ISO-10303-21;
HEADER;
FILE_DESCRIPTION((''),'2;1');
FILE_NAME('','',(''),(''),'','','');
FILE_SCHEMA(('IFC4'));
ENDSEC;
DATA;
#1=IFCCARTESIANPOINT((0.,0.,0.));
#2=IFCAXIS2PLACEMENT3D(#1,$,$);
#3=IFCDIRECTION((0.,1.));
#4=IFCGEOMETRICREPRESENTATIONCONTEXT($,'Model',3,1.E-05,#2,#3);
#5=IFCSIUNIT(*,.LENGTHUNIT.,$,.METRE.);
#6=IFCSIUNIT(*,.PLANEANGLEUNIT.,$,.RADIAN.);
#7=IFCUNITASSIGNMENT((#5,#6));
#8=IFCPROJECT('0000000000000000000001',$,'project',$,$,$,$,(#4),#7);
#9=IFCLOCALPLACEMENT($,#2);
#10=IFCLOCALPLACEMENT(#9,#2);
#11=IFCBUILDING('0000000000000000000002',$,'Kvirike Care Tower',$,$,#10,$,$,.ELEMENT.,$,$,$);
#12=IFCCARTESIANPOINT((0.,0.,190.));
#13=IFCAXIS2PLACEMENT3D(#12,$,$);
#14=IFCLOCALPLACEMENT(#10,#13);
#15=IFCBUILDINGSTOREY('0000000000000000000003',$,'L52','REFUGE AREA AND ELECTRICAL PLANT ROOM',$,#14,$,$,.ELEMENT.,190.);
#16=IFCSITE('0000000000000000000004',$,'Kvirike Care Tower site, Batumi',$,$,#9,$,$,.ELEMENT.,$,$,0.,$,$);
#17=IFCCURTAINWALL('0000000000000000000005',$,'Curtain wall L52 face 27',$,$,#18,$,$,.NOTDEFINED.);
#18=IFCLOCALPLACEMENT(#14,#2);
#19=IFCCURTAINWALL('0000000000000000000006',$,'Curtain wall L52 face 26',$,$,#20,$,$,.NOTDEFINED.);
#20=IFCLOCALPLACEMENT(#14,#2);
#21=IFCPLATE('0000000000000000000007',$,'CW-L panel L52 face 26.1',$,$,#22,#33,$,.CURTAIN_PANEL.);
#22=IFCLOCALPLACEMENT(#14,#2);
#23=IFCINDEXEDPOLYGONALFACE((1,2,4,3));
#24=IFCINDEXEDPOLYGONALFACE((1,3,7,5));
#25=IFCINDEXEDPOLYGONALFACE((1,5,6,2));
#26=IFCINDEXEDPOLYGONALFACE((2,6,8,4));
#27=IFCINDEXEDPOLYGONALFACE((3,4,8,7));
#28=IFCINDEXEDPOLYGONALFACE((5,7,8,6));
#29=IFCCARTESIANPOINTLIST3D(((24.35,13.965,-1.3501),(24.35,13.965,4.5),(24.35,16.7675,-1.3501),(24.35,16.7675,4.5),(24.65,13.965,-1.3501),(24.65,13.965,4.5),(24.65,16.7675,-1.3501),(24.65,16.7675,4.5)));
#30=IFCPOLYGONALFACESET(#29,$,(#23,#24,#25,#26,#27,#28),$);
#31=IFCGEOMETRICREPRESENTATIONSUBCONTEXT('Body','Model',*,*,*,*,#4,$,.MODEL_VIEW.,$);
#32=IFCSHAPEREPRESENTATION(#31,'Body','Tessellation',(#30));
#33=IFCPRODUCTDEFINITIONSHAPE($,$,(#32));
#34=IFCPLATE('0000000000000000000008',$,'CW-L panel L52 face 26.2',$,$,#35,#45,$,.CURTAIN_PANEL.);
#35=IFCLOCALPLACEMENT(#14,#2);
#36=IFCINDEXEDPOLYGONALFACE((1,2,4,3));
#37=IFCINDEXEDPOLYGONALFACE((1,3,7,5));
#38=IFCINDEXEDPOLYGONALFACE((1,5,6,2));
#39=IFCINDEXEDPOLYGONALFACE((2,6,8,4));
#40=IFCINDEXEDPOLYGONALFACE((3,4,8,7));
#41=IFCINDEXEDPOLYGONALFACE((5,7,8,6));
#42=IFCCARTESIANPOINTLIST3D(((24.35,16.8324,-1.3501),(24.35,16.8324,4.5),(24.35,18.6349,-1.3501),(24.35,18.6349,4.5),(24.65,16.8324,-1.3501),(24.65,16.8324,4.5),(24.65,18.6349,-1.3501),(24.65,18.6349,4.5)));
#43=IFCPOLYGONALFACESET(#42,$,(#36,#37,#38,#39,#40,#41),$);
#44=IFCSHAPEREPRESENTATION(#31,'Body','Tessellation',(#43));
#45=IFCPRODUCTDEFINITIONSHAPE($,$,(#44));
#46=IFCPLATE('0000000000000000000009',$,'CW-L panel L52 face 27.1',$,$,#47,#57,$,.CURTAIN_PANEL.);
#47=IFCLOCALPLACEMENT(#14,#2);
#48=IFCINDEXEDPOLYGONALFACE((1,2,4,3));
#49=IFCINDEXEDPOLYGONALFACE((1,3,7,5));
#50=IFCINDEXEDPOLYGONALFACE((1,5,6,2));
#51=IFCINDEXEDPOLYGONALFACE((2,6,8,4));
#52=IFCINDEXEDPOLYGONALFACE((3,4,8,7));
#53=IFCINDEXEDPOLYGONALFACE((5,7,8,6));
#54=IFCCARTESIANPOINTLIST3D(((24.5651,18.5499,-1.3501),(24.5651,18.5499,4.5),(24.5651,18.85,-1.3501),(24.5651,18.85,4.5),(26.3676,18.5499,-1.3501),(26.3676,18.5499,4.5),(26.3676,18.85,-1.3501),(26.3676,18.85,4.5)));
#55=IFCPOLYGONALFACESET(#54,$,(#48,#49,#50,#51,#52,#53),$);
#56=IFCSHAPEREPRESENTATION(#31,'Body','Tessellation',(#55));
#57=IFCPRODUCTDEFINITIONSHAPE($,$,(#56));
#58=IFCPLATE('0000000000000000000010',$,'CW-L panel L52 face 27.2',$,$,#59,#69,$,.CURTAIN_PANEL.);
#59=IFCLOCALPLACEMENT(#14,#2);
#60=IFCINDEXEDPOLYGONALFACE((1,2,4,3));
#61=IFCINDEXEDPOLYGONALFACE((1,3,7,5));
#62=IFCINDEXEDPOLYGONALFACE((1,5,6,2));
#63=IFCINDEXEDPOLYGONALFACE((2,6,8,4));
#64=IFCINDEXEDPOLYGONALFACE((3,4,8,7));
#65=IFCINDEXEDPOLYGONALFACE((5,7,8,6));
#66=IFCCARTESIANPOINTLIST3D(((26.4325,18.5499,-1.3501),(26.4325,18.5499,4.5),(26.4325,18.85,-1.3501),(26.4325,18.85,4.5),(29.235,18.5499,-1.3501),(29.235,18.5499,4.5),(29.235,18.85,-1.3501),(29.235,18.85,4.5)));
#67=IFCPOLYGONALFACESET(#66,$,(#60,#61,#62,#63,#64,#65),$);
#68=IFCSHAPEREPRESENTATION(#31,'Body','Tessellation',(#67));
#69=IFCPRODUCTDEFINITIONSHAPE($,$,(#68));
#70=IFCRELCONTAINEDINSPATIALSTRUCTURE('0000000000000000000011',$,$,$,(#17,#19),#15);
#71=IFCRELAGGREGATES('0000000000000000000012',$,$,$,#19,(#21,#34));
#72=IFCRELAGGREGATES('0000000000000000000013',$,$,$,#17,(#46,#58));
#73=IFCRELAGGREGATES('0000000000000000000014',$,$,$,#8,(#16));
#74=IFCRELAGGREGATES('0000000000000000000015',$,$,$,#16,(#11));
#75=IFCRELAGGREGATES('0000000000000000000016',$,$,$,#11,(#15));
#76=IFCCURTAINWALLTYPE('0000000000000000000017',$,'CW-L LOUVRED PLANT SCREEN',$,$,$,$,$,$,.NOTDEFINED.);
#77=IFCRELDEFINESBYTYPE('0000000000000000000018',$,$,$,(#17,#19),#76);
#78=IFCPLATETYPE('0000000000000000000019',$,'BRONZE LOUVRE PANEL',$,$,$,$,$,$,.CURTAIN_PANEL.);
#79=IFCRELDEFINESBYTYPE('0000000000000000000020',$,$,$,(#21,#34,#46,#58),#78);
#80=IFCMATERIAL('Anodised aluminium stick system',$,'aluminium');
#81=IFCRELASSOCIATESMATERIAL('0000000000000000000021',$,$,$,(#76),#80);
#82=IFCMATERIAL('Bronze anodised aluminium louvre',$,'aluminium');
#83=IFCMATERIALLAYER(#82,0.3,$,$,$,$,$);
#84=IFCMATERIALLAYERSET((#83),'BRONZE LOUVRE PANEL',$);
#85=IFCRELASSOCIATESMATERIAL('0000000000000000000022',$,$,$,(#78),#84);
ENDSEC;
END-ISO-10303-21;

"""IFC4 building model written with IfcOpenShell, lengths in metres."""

from ifc_helpers import new_model, si_unit, direction, frame, origin, origin_2d, place, context, subcontext, project, spatial, rectangle, extrude, material, layer, layer_set, type_object, element, aggregate, save


model = new_model("IFC4")

# Units and contexts
model_context = context("Model", 3, precision=1e-05, world=origin(), true_north=direction((0.0, 1.0)))
body_context = subcontext(model_context, "Body", "Model", "MODEL_VIEW")
ifc_project = project(units=[si_unit("LENGTHUNIT", "METRE"), si_unit("PLANEANGLEUNIT", "RADIAN")], contexts=[model_context])

# Site, building, storey
site_placement = place(None, origin())
site = spatial("IfcSite", under=ifc_project, at=site_placement, Name="Kvirike Care Tower site, Batumi", CompositionType="ELEMENT", RefElevation=0.0)
building_placement = place(site_placement, origin())
building = spatial("IfcBuilding", under=site, at=building_placement, Name="Kvirike Care Tower", CompositionType="ELEMENT")
storey_placement = place(building_placement, frame((0.0, 0.0, 190.0)))
storey = spatial("IfcBuildingStorey", under=building, at=storey_placement, Name="L52", Description="REFUGE AREA AND ELECTRICAL PLANT ROOM", CompositionType="ELEMENT", Elevation=190.0)

# Curtain wall
ifc_material_1 = material(Name="Anodised aluminium stick system", Category="aluminium")
curtain_wall_type = type_object("IfcCurtainWallType", Name="CW-L LOUVRED PLANT SCREEN", PredefinedType="NOTDEFINED", material=ifc_material_1)
curtain_wall_1_placement = place(storey_placement, origin())
curtain_wall_1 = element("IfcCurtainWall", 1, at=curtain_wall_1_placement, inside=storey, type_object=curtain_wall_type, Name="Curtain wall L52 face 27", PredefinedType="NOTDEFINED")

# Curtain wall
curtain_wall_2_placement = place(storey_placement, origin())
curtain_wall_2 = element("IfcCurtainWall", 2, at=curtain_wall_2_placement, inside=storey, type_object=curtain_wall_type, Name="Curtain wall L52 face 26", PredefinedType="NOTDEFINED")

# Plates
ifc_material_2 = material(Name="Bronze anodised aluminium louvre", Category="aluminium")
ifc_layer = layer(ifc_material_2, 0.3)
ifc_layer_set = layer_set([ifc_layer], Name="BRONZE LOUVRE PANEL")
plate_type = type_object("IfcPlateType", Name="BRONZE LOUVRE PANEL", PredefinedType="CURTAIN_PANEL", material=ifc_layer_set)
plate_1_placement = place(storey_placement, frame((24.5, 15.3662, -1.3501), z_axis=(0.0, 0.0, 1.0), x_axis=(0.0, 1.0, 0.0)))
plate_1 = element("IfcPlate", 3, at=plate_1_placement, type_object=plate_type, Name="CW-L panel L52 face 26.1", PredefinedType="CURTAIN_PANEL", context=body_context, shape_type="SweptSolid", body=[
    extrude(rectangle(XDim=2.8025, YDim=0.3, at=origin_2d()), origin(), (0.0, 0.0, 1.0), 5.8501),
])
plate_2_placement = place(storey_placement, frame((24.5, 17.7336, -1.3501), z_axis=(0.0, 0.0, 1.0), x_axis=(0.0, 1.0, 0.0)))
plate_2 = element("IfcPlate", 4, at=plate_2_placement, type_object=plate_type, Name="CW-L panel L52 face 26.2", PredefinedType="CURTAIN_PANEL", context=body_context, shape_type="SweptSolid", body=[
    extrude(rectangle(XDim=1.8025, YDim=0.3, at=origin_2d()), origin(), (0.0, 0.0, 1.0), 5.8501),
])
aggregate(curtain_wall_2, [plate_1, plate_2])
plate_3_placement = place(storey_placement, frame((25.4663, 18.7, -1.3501), z_axis=(0.0, 0.0, 1.0), x_axis=(1.0, 0.0, 0.0)))
plate_3 = element("IfcPlate", 5, at=plate_3_placement, type_object=plate_type, Name="CW-L panel L52 face 27.1", PredefinedType="CURTAIN_PANEL", context=body_context, shape_type="SweptSolid", body=[
    extrude(rectangle(XDim=1.8025, YDim=0.3, at=origin_2d()), origin(), (0.0, 0.0, 1.0), 5.8501),
])
plate_4_placement = place(storey_placement, frame((27.8337, 18.7, -1.3501), z_axis=(0.0, 0.0, 1.0), x_axis=(1.0, 0.0, 0.0)))
plate_4 = element("IfcPlate", 6, at=plate_4_placement, type_object=plate_type, Name="CW-L panel L52 face 27.2", PredefinedType="CURTAIN_PANEL", context=body_context, shape_type="SweptSolid", body=[
    extrude(rectangle(XDim=2.8025, YDim=0.3, at=origin_2d()), origin(), (0.0, 0.0, 1.0), 5.8501),
])
aggregate(curtain_wall_1, [plate_3, plate_4])

save(model, "model.ifc")
